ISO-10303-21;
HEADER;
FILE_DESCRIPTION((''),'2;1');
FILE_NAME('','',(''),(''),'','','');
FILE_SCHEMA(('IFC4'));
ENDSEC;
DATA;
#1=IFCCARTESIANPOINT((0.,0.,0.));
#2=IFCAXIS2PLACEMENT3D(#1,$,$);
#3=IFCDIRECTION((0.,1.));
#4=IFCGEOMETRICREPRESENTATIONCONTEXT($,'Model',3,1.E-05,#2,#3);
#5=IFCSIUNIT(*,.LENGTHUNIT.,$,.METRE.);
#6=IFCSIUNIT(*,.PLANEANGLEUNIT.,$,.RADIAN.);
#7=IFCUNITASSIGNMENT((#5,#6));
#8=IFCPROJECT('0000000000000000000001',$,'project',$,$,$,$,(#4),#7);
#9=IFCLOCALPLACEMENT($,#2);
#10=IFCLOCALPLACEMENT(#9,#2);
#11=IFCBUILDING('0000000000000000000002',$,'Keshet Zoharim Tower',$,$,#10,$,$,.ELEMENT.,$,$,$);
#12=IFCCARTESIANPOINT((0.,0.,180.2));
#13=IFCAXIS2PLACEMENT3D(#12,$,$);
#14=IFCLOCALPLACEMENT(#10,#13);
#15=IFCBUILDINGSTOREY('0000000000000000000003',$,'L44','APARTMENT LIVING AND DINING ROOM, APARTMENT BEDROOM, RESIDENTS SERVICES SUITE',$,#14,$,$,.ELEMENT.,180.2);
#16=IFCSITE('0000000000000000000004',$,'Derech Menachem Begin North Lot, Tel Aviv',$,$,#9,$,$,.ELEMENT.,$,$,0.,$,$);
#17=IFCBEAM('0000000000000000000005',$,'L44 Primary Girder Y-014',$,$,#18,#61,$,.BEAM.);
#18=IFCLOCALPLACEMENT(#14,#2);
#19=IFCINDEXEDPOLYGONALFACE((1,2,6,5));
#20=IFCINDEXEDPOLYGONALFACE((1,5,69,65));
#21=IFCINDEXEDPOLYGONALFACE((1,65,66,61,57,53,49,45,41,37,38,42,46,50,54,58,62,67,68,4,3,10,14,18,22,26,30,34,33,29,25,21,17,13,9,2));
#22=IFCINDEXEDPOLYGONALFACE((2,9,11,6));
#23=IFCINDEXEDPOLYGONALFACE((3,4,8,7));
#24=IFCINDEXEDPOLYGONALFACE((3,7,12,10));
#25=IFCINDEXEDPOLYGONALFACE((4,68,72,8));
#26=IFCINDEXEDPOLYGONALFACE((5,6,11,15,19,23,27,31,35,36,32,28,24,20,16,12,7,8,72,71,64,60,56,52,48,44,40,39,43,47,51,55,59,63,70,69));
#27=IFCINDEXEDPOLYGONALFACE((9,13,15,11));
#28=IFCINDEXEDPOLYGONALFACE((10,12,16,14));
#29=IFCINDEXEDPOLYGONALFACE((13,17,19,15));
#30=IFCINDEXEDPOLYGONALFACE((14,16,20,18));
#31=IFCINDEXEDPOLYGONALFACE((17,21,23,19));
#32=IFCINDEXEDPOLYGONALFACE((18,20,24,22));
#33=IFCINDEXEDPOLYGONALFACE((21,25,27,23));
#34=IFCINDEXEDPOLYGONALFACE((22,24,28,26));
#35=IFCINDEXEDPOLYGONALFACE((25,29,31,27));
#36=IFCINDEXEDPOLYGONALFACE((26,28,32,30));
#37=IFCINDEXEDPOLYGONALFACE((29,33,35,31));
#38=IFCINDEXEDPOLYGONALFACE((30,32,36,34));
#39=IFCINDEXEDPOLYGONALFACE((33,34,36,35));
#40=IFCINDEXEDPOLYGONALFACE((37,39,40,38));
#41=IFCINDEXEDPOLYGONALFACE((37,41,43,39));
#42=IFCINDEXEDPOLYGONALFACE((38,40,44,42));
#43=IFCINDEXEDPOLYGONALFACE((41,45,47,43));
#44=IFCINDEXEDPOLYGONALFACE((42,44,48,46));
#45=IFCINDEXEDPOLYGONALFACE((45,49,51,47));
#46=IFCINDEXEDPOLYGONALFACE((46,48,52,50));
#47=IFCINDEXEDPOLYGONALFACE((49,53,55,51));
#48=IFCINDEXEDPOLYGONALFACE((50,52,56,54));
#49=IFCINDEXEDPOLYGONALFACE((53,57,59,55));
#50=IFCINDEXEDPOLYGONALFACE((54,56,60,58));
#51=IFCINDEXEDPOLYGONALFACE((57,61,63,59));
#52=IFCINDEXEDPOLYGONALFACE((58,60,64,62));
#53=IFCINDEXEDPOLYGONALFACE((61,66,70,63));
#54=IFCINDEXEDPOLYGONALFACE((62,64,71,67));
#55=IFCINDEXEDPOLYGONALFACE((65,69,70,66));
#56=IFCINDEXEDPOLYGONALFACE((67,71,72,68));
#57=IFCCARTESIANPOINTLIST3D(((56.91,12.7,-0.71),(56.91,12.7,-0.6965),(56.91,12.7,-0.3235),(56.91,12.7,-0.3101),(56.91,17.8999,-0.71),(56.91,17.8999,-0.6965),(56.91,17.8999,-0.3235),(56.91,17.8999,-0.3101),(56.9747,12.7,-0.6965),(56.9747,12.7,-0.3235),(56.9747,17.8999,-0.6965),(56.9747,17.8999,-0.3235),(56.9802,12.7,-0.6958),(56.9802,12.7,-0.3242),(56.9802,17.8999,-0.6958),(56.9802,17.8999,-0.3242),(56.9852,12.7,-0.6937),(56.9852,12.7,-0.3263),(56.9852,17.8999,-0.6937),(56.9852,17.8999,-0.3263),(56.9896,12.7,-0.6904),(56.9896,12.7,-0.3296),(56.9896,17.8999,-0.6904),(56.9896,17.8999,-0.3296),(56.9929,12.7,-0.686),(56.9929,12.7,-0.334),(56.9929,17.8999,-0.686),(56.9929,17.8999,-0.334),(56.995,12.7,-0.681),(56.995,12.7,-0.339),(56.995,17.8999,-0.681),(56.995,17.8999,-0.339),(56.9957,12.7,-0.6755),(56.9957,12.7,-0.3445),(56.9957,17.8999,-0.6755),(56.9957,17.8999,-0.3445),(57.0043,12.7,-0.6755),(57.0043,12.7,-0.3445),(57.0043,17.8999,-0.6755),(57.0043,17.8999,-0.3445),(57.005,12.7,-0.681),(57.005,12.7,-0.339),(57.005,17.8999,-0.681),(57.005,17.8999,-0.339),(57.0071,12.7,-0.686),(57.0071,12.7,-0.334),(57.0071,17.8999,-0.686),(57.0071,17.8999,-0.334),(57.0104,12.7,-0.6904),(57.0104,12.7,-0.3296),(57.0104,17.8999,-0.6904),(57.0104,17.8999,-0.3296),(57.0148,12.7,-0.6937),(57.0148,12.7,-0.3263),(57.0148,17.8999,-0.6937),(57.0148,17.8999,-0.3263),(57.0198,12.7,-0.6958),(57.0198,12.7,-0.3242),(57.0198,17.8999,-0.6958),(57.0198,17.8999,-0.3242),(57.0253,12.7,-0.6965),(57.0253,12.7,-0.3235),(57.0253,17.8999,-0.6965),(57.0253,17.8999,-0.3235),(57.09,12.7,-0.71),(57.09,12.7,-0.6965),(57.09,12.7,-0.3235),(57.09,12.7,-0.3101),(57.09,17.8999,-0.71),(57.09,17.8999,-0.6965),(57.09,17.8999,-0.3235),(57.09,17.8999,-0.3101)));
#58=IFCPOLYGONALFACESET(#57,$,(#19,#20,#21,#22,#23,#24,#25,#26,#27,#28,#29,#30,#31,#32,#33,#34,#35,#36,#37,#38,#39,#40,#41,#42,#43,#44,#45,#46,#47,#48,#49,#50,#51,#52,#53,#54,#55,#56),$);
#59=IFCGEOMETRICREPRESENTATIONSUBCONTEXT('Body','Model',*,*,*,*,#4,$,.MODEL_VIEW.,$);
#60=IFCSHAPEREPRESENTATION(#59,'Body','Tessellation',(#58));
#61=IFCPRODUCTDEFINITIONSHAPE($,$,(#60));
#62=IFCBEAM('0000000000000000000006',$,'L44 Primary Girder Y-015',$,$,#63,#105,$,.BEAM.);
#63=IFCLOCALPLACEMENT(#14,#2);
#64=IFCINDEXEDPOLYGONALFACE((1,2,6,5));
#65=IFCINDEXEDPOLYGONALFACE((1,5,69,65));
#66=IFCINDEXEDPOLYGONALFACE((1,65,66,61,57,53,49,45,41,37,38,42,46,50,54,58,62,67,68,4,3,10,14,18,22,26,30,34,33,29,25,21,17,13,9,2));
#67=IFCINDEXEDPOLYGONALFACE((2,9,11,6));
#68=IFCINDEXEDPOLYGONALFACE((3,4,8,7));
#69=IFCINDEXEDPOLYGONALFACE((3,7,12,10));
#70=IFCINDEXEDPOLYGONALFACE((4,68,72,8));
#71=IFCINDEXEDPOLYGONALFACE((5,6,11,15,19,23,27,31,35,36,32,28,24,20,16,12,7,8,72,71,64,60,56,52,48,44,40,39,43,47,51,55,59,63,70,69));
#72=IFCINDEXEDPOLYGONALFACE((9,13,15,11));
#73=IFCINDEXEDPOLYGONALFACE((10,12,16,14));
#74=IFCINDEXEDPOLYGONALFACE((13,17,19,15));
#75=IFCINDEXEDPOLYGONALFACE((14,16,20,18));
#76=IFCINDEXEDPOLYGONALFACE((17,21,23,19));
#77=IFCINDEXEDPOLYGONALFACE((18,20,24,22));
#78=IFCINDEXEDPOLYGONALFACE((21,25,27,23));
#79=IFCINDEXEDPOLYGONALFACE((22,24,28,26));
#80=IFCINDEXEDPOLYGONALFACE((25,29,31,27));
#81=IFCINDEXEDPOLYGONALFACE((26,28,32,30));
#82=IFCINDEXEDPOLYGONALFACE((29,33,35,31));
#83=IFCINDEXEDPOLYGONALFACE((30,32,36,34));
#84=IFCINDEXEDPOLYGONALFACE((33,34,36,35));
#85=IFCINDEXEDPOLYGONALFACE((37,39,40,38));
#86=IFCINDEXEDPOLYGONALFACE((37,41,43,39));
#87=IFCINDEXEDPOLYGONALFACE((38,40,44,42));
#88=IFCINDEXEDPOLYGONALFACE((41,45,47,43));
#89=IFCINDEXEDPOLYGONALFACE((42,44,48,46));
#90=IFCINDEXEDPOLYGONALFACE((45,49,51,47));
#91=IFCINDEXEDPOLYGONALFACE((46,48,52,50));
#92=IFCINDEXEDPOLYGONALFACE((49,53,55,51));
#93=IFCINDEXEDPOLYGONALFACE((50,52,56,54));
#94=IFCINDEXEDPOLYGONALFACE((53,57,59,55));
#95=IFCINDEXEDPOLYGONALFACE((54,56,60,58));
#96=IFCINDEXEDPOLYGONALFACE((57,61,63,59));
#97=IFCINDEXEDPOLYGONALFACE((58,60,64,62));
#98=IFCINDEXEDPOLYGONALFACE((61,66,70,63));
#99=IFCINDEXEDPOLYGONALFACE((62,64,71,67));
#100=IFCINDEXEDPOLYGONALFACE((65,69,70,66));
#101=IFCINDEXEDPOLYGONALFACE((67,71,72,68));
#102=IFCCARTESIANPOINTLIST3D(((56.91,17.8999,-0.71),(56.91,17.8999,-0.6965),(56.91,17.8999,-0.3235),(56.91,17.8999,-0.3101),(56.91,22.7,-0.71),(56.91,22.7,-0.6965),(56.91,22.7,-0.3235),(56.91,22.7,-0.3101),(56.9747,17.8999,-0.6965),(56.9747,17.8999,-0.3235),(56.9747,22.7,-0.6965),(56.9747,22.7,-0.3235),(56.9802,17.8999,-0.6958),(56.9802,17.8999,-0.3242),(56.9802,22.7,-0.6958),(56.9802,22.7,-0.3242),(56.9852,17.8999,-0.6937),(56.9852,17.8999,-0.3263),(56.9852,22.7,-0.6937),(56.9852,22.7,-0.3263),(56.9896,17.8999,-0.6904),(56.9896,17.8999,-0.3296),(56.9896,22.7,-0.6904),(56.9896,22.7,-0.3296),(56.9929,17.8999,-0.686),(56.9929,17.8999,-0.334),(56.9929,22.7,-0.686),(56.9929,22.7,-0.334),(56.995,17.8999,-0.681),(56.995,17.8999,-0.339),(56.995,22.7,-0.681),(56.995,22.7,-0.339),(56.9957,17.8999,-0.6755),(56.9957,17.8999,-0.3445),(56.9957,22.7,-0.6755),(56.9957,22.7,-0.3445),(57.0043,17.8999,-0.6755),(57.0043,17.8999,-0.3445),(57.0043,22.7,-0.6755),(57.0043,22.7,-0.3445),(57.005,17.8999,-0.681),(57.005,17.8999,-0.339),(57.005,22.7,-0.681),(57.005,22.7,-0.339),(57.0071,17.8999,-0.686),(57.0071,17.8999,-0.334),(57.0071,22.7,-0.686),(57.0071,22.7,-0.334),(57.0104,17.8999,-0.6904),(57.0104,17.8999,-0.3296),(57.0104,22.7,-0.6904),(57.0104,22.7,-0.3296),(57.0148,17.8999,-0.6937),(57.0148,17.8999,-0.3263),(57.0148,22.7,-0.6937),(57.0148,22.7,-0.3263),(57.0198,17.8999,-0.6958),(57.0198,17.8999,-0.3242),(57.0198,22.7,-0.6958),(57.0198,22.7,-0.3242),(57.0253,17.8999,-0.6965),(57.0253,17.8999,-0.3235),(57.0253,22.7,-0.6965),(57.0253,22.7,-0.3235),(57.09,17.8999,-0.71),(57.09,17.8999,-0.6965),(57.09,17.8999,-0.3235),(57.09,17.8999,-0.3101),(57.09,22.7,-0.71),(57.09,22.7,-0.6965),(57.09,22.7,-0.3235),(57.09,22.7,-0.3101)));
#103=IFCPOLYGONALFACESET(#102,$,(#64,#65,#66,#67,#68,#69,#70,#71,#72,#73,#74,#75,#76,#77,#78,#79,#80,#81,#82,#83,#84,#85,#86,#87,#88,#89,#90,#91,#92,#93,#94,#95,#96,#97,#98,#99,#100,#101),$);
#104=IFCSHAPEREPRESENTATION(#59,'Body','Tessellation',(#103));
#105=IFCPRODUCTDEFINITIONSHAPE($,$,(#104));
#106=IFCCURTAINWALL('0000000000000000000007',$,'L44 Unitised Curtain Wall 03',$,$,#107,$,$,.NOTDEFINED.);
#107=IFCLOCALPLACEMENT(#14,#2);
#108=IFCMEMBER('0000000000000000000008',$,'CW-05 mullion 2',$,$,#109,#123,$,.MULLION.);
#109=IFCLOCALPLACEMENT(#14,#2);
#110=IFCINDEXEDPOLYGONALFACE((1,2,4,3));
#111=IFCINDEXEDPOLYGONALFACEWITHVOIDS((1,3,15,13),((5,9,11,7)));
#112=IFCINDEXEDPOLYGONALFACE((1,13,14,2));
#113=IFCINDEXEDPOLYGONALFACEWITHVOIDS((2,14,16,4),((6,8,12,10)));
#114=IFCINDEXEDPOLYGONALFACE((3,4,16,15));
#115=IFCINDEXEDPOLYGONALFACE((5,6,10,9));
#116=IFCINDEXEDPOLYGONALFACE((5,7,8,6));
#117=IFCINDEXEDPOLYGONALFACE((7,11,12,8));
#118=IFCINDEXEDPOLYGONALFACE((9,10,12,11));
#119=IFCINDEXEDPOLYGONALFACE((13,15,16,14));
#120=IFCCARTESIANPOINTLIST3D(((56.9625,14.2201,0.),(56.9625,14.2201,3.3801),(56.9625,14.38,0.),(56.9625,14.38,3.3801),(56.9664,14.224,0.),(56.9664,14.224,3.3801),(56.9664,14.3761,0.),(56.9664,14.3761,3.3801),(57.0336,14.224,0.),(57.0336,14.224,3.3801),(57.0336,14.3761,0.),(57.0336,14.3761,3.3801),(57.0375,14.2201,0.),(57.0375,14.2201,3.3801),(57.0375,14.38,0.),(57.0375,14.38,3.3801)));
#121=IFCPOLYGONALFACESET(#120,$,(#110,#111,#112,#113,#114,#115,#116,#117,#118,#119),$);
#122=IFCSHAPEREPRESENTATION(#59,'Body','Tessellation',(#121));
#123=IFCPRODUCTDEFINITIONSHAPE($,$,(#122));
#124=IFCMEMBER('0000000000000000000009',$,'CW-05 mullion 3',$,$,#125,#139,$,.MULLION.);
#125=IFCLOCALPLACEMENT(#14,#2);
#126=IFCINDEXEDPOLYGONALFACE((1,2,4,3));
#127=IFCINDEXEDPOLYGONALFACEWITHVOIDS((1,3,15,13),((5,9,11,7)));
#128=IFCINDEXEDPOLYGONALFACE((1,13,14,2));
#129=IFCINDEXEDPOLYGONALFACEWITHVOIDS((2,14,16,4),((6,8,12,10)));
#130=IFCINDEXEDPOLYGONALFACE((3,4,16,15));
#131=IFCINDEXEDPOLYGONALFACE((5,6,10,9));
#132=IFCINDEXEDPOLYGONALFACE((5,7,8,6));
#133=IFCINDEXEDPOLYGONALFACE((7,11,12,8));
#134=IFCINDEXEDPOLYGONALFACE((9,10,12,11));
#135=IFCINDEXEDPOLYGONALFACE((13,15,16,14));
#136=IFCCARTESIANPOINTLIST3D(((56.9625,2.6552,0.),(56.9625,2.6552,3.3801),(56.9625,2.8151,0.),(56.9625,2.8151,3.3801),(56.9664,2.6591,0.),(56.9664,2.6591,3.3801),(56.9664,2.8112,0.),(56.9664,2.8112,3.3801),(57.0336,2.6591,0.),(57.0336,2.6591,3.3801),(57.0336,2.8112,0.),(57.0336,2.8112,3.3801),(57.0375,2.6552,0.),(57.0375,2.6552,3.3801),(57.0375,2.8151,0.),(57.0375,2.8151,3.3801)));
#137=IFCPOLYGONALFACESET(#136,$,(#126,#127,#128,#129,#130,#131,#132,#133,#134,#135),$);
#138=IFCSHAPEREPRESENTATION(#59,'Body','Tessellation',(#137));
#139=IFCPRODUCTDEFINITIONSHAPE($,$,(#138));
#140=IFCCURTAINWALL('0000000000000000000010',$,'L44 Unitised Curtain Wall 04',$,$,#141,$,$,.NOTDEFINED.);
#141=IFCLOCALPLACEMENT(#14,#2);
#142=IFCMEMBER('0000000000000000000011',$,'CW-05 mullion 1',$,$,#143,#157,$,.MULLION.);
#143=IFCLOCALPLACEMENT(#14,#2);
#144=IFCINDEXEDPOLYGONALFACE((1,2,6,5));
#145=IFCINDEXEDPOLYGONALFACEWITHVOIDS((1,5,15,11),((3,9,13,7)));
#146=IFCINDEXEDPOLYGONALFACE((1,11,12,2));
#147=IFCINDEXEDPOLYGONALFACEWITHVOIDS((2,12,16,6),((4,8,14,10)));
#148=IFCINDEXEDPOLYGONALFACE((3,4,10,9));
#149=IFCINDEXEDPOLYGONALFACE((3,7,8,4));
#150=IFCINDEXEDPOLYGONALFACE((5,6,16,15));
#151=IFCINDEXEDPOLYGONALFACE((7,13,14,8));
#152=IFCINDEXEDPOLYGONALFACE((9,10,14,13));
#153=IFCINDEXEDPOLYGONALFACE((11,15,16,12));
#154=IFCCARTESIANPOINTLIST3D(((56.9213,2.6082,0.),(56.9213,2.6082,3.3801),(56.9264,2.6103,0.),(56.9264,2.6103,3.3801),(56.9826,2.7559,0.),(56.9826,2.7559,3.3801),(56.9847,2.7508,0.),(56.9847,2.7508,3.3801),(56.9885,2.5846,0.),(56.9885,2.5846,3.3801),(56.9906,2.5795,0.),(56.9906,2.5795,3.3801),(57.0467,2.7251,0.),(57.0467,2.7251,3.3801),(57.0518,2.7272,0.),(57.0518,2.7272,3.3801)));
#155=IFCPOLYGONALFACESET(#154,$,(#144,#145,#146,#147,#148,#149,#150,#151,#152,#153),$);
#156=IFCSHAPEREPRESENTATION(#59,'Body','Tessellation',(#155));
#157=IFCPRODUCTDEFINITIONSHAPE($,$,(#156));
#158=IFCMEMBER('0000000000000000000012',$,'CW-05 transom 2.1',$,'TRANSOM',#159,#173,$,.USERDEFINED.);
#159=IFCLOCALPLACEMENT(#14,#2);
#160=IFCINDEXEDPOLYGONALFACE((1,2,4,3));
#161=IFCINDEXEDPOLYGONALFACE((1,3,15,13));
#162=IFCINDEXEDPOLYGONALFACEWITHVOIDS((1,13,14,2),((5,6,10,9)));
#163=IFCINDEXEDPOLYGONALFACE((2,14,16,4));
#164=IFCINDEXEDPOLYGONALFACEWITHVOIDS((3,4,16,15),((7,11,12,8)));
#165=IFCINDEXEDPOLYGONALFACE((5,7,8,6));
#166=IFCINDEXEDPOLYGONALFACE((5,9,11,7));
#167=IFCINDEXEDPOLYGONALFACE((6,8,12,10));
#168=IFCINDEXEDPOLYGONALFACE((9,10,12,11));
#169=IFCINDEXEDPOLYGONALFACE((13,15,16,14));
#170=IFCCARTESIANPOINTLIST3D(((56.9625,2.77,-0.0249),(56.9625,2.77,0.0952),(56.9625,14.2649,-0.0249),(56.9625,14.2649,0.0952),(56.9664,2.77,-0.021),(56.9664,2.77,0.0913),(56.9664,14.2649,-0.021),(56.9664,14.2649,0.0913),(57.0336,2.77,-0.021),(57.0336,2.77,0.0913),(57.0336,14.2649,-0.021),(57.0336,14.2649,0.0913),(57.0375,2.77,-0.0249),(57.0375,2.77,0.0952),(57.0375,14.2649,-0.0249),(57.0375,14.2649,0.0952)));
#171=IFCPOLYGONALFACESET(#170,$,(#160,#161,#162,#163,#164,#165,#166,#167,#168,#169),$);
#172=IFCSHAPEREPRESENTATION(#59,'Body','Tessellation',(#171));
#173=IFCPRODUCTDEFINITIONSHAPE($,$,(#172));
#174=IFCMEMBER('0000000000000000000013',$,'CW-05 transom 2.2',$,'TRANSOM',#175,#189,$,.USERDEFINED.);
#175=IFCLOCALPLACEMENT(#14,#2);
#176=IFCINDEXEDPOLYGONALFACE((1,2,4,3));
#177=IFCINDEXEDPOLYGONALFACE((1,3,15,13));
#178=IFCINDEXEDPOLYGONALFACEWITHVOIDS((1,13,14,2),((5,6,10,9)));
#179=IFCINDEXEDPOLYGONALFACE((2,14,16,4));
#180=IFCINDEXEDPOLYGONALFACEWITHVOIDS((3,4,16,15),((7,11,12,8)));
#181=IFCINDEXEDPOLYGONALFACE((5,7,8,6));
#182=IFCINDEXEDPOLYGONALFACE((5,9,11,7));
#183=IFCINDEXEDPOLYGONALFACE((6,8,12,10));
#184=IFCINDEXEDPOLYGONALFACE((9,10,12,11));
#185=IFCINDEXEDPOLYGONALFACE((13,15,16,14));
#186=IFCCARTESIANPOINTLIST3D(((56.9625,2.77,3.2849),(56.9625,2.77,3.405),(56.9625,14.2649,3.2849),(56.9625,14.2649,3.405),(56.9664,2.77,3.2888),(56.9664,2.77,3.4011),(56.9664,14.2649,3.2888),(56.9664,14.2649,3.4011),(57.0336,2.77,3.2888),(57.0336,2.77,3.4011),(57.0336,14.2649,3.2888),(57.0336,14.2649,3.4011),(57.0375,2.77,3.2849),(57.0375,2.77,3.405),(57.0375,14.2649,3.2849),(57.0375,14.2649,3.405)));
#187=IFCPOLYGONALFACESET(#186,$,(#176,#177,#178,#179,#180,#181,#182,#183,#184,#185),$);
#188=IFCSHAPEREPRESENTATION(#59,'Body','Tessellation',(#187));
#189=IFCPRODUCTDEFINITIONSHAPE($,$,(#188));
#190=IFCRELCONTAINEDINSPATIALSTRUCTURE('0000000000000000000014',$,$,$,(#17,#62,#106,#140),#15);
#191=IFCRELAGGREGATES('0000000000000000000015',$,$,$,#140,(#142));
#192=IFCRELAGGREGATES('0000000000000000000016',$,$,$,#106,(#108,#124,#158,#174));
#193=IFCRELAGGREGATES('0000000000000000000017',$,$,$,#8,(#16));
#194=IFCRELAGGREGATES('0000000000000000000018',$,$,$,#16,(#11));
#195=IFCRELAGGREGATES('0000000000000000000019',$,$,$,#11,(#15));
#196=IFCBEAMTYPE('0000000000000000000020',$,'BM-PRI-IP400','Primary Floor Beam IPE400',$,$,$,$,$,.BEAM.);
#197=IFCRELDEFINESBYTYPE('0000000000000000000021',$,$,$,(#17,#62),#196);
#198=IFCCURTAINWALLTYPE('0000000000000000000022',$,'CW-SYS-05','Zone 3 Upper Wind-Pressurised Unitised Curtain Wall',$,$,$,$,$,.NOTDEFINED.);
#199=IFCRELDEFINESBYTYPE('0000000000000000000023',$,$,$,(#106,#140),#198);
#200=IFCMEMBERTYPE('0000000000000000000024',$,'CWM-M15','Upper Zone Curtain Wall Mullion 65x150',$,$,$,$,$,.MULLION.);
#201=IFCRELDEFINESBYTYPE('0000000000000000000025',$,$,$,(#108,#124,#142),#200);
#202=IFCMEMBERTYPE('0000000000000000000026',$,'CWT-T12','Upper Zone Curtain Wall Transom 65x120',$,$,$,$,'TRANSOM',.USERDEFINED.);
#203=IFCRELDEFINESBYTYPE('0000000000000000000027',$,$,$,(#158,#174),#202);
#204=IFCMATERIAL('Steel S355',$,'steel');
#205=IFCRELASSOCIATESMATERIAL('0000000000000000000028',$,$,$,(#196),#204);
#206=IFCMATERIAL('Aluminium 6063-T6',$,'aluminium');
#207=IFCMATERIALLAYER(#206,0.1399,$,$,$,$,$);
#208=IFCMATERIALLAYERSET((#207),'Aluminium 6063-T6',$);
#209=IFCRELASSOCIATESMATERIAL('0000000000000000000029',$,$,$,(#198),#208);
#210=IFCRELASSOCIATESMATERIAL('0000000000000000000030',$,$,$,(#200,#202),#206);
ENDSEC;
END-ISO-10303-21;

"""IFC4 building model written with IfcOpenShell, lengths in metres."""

from ifc_helpers import new_model, si_unit, direction, frame, origin, origin_2d, place, context, subcontext, project, spatial, hollow_rectangle, i_section, extrude, material, layer, layer_set, material_profile, profile_set, type_object, element, aggregate, save


model = new_model("IFC4")

# Units and contexts
model_context = context("Model", 3, precision=1e-05, world=origin(), true_north=direction((0.0, 1.0)))
body_context = subcontext(model_context, "Body", "Model", "MODEL_VIEW")
ifc_project = project(units=[si_unit("LENGTHUNIT", "METRE"), si_unit("PLANEANGLEUNIT", "RADIAN")], contexts=[model_context])

# Site, building, storey
site_placement = place(None, origin())
site = spatial("IfcSite", under=ifc_project, at=site_placement, Name="Derech Menachem Begin North Lot, Tel Aviv", CompositionType="ELEMENT", RefElevation=0.0)
building_placement = place(site_placement, origin())
building = spatial("IfcBuilding", under=site, at=building_placement, Name="Keshet Zoharim Tower", CompositionType="ELEMENT")
storey_placement = place(building_placement, frame((0.0, 0.0, 180.2)))
storey = spatial("IfcBuildingStorey", under=building, at=storey_placement, Name="L44", Description="APARTMENT LIVING AND DINING ROOM, APARTMENT BEDROOM, RESIDENTS SERVICES SUITE", CompositionType="ELEMENT", Elevation=180.2)

# Shared definitions
ifc_material_1 = material(Name="Steel S355", Category="steel")

# Beams
ifc_material_profile_1 = material_profile(ifc_material_1, i_section(OverallWidth=0.1799, OverallDepth=0.3999, WebThickness=0.0085, FlangeThickness=0.0134, FilletRadius=0.021, at=origin_2d()), Name="IPE400")
ifc_profile_set_1 = profile_set([ifc_material_profile_1], Name="Steel S355")
beam_type = type_object("IfcBeamType", Name="BM-PRI-IP400", Description="Primary Floor Beam IPE400", PredefinedType="BEAM", material=ifc_profile_set_1)
beam_1_placement = place(storey_placement, frame((57.0, 12.7, -0.51), z_axis=(0.0, 1.0, 0.0), x_axis=(-1.0, 0.0, 0.0)))
element("IfcBeam", 1, at=beam_1_placement, inside=storey, type_object=beam_type, Name="L44 Primary Girder Y-014", PredefinedType="BEAM", context=body_context, shape_type="SweptSolid", body=[
    extrude(i_section(OverallWidth=0.1799, OverallDepth=0.3999, WebThickness=0.0085, FlangeThickness=0.0134, FilletRadius=0.021, at=origin_2d()), origin(), (0.0, 0.0, 1.0), 5.2),
])
beam_2_placement = place(storey_placement, frame((57.0, 17.8999, -0.51), z_axis=(0.0, 1.0, 0.0), x_axis=(-1.0, 0.0, 0.0)))
element("IfcBeam", 2, at=beam_2_placement, inside=storey, type_object=beam_type, Name="L44 Primary Girder Y-015", PredefinedType="BEAM", context=body_context, shape_type="SweptSolid", body=[
    extrude(i_section(OverallWidth=0.1799, OverallDepth=0.3999, WebThickness=0.0085, FlangeThickness=0.0134, FilletRadius=0.021, at=origin_2d()), origin(), (0.0, 0.0, 1.0), 4.8),
])

# Curtain wall, members
ifc_material_2 = material(Name="Aluminium 6063-T6", Category="aluminium")
ifc_layer_1 = layer(ifc_material_2, 0.1399)
ifc_layer_set_1 = layer_set([ifc_layer_1], Name="Aluminium 6063-T6")
curtain_wall_type = type_object("IfcCurtainWallType", Name="CW-SYS-05", Description="Zone 3 Upper Wind-Pressurised Unitised Curtain Wall", PredefinedType="NOTDEFINED", material=ifc_layer_set_1)
curtain_wall_1_placement = place(storey_placement, origin())
curtain_wall_1 = element("IfcCurtainWall", 3, at=curtain_wall_1_placement, inside=storey, type_object=curtain_wall_type, Name="L44 Unitised Curtain Wall 03", PredefinedType="NOTDEFINED")
ifc_material_profile_2 = material_profile(ifc_material_2, hollow_rectangle(XDim=0.075, YDim=0.1599, WallThickness=0.0039, at=origin_2d()), Name="MUL-75x160")
ifc_profile_set_2 = profile_set([ifc_material_profile_2], Name="Aluminium 6063-T6")
member_type_1 = type_object("IfcMemberType", Name="CWM-M15", Description="Upper Zone Curtain Wall Mullion 65x150", PredefinedType="MULLION", material=ifc_profile_set_2)
member_1_placement = place(storey_placement, frame((57.0, 14.3, 0.0), z_axis=(0.0, 0.0, 1.0), x_axis=(1.0, 0.0, 0.0)))
member_1 = element("IfcMember", 4, at=member_1_placement, type_object=member_type_1, Name="CW-05 mullion 2", PredefinedType="MULLION", context=body_context, shape_type="SweptSolid", body=[
    extrude(hollow_rectangle(XDim=0.075, YDim=0.1599, WallThickness=0.0039, at=origin_2d()), origin(), (0.0, 0.0, 1.0), 3.3801),
])
member_2_placement = place(storey_placement, frame((57.0, 2.7351, 0.0), z_axis=(0.0, 0.0, 1.0), x_axis=(1.0, 0.0, 0.0)))
member_2 = element("IfcMember", 5, at=member_2_placement, type_object=member_type_1, Name="CW-05 mullion 3", PredefinedType="MULLION", context=body_context, shape_type="SweptSolid", body=[
    extrude(hollow_rectangle(XDim=0.075, YDim=0.1599, WallThickness=0.0039, at=origin_2d()), origin(), (0.0, 0.0, 1.0), 3.3801),
])

# Curtain wall, member
curtain_wall_2_placement = place(storey_placement, origin())
curtain_wall_2 = element("IfcCurtainWall", 6, at=curtain_wall_2_placement, inside=storey, type_object=curtain_wall_type, Name="L44 Unitised Curtain Wall 04", PredefinedType="NOTDEFINED")
member_3_placement = place(storey_placement, frame((56.9866, 2.6677, 0.0), z_axis=(0.0, 0.0, 1.0), x_axis=(0.92381, -0.382852, 0.0)))
member_3 = element("IfcMember", 7, at=member_3_placement, type_object=member_type_1, Name="CW-05 mullion 1", PredefinedType="MULLION", context=body_context, shape_type="SweptSolid", body=[
    extrude(hollow_rectangle(XDim=0.075, YDim=0.1599, WallThickness=0.0039, at=origin_2d()), origin(), (0.0, 0.0, 1.0), 3.3801),
])
aggregate(curtain_wall_2, [member_3])

# Members
ifc_material_profile_3 = material_profile(ifc_material_2, hollow_rectangle(XDim=0.075, YDim=0.1201, WallThickness=0.0039, at=origin_2d()), Name="TRN-75x120")
ifc_profile_set_3 = profile_set([ifc_material_profile_3], Name="Aluminium 6063-T6")
member_type_2 = type_object("IfcMemberType", Name="CWT-T12", Description="Upper Zone Curtain Wall Transom 65x120", ElementType="TRANSOM", PredefinedType="USERDEFINED", material=ifc_profile_set_3)
member_4_placement = place(storey_placement, frame((57.0, 14.2649, 0.0352), z_axis=(0.0, -1.0, 0.0), x_axis=(1.0, 0.0, 0.0)))
member_4 = element("IfcMember", 8, at=member_4_placement, type_object=member_type_2, Name="CW-05 transom 2.1", ObjectType="TRANSOM", PredefinedType="USERDEFINED", context=body_context, shape_type="SweptSolid", body=[
    extrude(hollow_rectangle(XDim=0.075, YDim=0.1201, WallThickness=0.0039, at=origin_2d()), origin(), (0.0, 0.0, 1.0), 11.4949),
])
member_5_placement = place(storey_placement, frame((57.0, 14.2649, 3.345), z_axis=(0.0, -1.0, 0.0), x_axis=(1.0, 0.0, 0.0)))
member_5 = element("IfcMember", 9, at=member_5_placement, type_object=member_type_2, Name="CW-05 transom 2.2", ObjectType="TRANSOM", PredefinedType="USERDEFINED", context=body_context, shape_type="SweptSolid", body=[
    extrude(hollow_rectangle(XDim=0.075, YDim=0.1201, WallThickness=0.0039, at=origin_2d()), origin(), (0.0, 0.0, 1.0), 11.4949),
])

aggregate(curtain_wall_1, [member_1, member_2, member_4, member_5])

save(model, "model.ifc")
